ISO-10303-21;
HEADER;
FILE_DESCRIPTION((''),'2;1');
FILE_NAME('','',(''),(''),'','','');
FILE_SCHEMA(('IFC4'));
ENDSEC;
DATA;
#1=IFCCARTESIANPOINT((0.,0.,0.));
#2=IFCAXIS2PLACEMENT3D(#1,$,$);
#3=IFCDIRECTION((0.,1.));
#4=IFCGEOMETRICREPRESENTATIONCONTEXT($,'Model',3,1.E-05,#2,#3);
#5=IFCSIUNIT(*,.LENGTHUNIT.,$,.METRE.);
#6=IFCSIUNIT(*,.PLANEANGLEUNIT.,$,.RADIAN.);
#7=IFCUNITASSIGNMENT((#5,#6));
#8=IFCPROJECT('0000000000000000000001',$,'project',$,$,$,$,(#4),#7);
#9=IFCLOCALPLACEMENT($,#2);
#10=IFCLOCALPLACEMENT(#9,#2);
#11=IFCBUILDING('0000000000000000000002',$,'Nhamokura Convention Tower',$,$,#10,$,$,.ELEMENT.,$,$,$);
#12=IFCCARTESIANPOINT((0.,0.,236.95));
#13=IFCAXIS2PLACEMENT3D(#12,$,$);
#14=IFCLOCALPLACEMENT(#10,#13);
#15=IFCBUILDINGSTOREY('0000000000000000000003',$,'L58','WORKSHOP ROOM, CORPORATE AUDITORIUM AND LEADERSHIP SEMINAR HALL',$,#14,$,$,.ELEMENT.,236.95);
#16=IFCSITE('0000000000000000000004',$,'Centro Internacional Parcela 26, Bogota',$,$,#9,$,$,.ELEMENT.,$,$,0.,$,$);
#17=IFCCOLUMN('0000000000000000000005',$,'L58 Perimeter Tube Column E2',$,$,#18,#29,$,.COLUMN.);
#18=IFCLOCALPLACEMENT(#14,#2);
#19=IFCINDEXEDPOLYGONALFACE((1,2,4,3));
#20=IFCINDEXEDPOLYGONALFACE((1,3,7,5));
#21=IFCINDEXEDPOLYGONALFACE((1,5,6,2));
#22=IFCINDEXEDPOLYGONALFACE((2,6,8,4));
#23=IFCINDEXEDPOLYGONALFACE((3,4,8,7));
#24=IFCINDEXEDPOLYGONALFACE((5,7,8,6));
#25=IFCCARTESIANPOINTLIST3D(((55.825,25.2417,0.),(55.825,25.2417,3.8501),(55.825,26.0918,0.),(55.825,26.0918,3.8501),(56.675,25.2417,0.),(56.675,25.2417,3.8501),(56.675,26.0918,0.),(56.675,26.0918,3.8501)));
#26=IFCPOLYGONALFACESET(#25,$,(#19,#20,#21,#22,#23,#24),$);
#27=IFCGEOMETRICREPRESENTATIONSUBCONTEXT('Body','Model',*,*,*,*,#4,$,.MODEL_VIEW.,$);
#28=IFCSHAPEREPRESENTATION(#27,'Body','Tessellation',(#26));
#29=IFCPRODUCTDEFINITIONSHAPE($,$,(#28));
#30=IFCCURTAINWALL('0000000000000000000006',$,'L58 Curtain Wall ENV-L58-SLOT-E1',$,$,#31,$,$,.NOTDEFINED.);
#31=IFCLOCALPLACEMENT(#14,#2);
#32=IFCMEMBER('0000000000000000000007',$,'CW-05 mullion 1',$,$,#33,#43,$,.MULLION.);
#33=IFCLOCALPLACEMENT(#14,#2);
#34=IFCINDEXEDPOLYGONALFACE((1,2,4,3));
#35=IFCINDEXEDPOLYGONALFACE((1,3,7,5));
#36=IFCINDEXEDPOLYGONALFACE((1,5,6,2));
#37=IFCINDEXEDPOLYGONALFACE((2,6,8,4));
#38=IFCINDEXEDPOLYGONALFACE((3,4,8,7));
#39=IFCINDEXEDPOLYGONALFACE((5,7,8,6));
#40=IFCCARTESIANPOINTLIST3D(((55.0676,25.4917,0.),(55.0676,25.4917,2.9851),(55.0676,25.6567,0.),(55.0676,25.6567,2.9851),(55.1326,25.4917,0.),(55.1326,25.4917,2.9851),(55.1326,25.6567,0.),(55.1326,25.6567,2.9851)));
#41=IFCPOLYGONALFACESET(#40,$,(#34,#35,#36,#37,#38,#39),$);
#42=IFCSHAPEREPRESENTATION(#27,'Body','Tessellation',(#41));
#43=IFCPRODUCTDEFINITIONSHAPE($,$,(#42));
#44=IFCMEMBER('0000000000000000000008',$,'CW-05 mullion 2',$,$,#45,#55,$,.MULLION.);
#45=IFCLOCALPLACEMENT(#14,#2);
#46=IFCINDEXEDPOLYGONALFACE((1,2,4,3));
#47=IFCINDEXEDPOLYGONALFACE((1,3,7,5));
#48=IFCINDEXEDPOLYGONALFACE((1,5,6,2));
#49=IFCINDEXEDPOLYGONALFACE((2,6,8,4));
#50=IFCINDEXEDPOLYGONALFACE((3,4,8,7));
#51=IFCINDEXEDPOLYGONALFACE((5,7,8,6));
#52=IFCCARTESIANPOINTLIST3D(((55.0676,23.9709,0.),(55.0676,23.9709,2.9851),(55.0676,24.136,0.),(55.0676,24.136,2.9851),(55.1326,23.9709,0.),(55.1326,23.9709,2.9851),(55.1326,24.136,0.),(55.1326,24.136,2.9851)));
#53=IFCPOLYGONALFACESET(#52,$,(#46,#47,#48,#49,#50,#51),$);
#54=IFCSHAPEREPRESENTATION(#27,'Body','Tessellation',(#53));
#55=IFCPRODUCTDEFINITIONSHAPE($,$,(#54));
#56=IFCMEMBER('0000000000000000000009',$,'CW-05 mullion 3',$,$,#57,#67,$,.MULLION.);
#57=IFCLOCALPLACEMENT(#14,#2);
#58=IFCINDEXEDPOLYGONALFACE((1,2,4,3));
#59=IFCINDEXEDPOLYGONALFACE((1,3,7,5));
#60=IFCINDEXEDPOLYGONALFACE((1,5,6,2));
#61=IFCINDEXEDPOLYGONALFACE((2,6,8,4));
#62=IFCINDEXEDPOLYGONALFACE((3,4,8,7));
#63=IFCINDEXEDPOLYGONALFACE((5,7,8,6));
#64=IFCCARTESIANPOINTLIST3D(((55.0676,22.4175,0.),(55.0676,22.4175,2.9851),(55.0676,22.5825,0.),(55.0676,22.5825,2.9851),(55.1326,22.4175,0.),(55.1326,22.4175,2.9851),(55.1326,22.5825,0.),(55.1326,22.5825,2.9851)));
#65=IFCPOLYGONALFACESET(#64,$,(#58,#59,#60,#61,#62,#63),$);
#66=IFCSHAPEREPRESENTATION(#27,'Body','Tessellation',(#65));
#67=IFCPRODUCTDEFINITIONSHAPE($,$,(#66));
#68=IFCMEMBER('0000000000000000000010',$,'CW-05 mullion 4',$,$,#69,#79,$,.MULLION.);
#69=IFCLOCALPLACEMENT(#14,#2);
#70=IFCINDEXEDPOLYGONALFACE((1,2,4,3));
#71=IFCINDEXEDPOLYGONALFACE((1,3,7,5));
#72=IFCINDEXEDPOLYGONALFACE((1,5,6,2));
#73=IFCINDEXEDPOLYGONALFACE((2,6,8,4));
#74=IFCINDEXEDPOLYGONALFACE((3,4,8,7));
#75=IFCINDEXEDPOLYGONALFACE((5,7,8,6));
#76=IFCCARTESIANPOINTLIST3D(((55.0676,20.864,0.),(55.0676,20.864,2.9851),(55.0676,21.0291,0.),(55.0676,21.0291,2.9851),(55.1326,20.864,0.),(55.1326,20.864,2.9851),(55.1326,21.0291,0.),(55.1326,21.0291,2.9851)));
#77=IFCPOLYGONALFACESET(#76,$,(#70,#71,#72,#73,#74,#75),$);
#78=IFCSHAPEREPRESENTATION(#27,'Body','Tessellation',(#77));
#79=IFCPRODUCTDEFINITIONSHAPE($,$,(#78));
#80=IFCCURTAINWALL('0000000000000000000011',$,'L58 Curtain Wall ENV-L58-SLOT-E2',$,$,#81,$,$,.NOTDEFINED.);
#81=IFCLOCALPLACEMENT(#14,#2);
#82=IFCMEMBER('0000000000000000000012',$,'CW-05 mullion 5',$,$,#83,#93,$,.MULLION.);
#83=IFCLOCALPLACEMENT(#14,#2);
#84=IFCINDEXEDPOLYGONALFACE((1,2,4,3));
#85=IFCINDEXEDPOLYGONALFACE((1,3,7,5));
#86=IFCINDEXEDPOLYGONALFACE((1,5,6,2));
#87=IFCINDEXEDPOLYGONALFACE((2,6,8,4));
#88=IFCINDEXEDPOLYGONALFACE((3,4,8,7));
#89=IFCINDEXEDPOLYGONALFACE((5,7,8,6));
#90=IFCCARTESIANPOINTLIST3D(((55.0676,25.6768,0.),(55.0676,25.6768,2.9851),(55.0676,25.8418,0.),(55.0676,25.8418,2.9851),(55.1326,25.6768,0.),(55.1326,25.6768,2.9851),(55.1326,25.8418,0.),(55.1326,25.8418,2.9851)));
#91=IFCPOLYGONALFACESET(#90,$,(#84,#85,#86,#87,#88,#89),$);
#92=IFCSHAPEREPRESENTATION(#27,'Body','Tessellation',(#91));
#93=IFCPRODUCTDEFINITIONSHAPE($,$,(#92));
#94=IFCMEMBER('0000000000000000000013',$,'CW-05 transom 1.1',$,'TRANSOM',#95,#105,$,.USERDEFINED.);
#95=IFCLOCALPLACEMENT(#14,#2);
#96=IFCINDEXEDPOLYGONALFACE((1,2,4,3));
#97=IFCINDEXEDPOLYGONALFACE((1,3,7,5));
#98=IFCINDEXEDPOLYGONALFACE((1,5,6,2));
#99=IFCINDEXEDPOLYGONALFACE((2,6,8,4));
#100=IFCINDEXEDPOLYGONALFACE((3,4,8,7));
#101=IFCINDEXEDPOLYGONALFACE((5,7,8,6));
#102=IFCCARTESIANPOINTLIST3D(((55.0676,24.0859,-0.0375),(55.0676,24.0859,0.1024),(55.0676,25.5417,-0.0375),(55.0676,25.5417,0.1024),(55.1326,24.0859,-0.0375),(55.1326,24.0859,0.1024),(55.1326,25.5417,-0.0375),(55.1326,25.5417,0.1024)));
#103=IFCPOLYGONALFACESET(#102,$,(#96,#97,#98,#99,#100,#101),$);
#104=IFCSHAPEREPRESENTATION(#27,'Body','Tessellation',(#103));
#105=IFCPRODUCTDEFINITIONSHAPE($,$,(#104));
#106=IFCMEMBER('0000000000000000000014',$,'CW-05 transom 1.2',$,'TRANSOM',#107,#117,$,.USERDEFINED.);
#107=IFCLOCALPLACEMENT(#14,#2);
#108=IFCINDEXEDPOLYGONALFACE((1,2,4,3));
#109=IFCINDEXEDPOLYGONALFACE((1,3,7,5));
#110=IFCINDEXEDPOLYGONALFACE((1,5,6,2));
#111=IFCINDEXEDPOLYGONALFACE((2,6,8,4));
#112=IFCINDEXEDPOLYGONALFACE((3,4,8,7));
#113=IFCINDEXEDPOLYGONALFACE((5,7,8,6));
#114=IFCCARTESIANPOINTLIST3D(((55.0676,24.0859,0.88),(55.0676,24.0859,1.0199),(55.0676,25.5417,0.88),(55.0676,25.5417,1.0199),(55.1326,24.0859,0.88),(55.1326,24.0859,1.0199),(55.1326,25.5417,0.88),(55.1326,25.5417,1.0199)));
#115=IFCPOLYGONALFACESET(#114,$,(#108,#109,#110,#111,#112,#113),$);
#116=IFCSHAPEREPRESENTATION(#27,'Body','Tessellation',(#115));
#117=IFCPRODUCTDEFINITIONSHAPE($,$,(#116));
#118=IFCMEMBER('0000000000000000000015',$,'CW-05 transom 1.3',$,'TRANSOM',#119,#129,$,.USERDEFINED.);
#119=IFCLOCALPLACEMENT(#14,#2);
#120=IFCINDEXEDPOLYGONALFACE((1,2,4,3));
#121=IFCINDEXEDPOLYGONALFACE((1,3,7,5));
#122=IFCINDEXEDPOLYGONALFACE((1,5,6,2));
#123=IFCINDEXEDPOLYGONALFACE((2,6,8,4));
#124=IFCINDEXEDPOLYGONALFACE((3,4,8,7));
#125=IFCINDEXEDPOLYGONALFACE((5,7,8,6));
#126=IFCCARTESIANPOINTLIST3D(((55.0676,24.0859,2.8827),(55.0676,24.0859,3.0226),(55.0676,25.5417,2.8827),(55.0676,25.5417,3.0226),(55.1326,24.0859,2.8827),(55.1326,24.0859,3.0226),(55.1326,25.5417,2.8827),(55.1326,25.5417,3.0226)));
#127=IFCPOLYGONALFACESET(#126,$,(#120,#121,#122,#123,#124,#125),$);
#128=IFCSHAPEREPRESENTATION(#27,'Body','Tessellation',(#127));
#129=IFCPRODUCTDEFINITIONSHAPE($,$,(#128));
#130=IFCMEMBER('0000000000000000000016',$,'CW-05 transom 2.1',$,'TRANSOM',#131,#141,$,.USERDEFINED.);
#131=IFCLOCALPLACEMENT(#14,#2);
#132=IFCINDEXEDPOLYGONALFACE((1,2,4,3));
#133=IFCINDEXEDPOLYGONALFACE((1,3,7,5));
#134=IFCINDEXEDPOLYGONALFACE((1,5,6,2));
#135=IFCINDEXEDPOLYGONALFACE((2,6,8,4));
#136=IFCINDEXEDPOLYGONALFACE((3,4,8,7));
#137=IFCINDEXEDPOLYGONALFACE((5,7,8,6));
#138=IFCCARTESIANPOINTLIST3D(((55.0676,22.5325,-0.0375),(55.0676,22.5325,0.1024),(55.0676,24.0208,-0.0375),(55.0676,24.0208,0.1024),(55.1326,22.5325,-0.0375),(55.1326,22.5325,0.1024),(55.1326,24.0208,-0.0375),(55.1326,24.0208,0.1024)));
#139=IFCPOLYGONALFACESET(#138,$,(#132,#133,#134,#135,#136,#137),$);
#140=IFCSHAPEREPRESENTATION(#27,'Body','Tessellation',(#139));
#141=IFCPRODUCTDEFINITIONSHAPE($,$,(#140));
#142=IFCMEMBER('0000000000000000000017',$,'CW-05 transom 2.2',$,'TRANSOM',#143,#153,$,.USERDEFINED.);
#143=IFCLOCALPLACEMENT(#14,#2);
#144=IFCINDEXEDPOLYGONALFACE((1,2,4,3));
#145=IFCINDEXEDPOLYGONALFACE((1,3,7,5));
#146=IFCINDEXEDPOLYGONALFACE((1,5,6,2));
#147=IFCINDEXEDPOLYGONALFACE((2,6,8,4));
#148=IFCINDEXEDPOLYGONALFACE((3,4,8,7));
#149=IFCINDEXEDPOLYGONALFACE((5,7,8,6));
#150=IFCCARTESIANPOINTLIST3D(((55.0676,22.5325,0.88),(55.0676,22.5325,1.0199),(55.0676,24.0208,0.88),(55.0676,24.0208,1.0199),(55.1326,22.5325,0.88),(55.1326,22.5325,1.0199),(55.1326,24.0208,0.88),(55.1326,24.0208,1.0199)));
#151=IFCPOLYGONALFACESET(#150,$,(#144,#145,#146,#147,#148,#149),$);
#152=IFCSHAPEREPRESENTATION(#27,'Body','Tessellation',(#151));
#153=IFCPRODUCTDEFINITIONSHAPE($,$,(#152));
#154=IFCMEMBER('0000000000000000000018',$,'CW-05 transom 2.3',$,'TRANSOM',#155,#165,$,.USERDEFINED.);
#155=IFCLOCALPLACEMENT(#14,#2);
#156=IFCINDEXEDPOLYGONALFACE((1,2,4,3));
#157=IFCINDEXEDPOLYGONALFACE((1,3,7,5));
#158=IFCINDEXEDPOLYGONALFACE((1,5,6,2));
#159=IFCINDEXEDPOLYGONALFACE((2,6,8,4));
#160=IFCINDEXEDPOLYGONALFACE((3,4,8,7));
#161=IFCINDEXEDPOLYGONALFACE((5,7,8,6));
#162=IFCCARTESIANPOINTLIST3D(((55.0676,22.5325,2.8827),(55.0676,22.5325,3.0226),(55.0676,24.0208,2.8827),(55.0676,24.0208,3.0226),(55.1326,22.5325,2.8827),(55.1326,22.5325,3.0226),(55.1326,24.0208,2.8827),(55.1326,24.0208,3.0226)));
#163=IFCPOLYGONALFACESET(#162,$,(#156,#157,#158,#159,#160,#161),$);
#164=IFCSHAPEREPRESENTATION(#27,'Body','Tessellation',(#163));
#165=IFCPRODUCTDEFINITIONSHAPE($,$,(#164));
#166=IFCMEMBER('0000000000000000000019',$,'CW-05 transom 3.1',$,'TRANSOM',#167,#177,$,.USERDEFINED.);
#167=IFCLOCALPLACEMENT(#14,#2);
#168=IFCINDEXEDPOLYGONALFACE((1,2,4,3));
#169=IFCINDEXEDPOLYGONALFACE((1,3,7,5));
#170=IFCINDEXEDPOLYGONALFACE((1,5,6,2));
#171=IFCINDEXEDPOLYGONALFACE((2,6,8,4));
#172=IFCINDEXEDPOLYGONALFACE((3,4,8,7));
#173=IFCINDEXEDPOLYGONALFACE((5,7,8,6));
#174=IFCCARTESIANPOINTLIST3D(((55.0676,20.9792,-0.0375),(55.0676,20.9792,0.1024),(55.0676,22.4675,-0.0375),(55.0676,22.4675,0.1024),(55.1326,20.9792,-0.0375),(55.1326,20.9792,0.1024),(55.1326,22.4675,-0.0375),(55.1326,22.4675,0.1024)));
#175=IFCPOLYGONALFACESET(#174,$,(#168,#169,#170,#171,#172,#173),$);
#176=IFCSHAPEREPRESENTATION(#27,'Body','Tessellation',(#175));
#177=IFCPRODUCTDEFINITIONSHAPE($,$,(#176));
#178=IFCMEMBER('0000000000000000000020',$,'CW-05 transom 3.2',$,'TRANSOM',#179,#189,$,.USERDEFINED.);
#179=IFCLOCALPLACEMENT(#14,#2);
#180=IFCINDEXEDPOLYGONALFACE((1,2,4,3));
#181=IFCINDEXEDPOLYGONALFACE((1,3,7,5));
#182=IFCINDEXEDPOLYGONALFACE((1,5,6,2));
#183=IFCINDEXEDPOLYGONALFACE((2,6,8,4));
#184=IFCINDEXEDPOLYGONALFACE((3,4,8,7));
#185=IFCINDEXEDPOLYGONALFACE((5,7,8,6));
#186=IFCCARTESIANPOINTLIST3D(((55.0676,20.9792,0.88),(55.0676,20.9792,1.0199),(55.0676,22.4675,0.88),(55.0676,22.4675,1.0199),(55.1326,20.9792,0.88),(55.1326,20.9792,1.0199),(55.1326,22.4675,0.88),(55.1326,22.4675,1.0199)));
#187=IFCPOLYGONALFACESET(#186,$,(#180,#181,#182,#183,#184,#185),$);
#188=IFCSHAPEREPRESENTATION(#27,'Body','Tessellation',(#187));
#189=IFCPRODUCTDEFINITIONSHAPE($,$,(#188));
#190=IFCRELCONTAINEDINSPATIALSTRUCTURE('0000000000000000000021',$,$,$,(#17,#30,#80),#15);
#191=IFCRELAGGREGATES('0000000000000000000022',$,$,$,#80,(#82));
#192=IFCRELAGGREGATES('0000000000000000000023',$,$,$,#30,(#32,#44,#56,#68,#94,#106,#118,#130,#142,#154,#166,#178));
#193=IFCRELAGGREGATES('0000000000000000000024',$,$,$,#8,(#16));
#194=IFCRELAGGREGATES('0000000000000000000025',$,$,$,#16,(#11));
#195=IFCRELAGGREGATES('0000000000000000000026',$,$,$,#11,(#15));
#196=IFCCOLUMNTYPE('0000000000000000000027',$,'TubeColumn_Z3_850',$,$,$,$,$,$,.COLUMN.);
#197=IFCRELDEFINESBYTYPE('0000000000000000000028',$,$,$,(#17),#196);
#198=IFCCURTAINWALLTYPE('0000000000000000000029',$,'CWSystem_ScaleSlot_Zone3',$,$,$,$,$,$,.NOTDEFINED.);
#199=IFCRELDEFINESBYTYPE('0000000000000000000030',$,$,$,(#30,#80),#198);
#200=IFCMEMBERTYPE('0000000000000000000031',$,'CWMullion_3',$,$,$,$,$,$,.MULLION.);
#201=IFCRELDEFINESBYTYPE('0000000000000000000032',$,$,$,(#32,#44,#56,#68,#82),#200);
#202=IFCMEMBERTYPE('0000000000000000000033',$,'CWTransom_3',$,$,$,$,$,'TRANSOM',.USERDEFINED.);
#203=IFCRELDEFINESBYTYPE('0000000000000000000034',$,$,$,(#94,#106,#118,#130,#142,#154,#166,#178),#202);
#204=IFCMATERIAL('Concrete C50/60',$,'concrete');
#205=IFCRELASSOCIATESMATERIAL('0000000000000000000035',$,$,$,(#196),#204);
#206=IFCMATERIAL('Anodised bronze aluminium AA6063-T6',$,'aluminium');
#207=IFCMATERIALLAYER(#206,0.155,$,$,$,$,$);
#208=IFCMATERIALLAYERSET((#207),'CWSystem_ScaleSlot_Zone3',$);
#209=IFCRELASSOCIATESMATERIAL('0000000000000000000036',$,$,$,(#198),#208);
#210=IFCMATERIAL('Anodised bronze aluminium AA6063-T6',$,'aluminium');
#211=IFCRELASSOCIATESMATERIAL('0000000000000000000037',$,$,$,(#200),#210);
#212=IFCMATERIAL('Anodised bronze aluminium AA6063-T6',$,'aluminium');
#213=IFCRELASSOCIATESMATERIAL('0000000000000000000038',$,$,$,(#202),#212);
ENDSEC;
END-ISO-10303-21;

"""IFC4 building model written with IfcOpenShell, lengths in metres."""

from ifc_helpers import new_model, si_unit, direction, frame, origin, origin_2d, place, context, subcontext, project, spatial, rectangle, extrude, material, layer, layer_set, material_profile, profile_set, type_object, element, aggregate, save


model = new_model("IFC4")

# Units and contexts
model_context = context("Model", 3, precision=1e-05, world=origin(), true_north=direction((0.0, 1.0)))
body_context = subcontext(model_context, "Body", "Model", "MODEL_VIEW")
ifc_project = project(units=[si_unit("LENGTHUNIT", "METRE"), si_unit("PLANEANGLEUNIT", "RADIAN")], contexts=[model_context])

# Site, building, storey
site_placement = place(None, origin())
site = spatial("IfcSite", under=ifc_project, at=site_placement, Name="Centro Internacional Parcela 26, Bogota", CompositionType="ELEMENT", RefElevation=0.0)
building_placement = place(site_placement, origin())
building = spatial("IfcBuilding", under=site, at=building_placement, Name="Nhamokura Convention Tower", CompositionType="ELEMENT")
storey_placement = place(building_placement, frame((0.0, 0.0, 236.95)))
storey = spatial("IfcBuildingStorey", under=building, at=storey_placement, Name="L58", Description="WORKSHOP ROOM, CORPORATE AUDITORIUM AND LEADERSHIP SEMINAR HALL", CompositionType="ELEMENT", Elevation=236.95)

# Column
ifc_material_1 = material(Name="Concrete C50/60", Category="concrete")
ifc_material_profile_1 = material_profile(ifc_material_1, rectangle(XDim=0.8501, YDim=0.8501, at=origin_2d()))
ifc_profile_set_1 = profile_set([ifc_material_profile_1], Name="Concrete C50/60")
column_type = type_object("IfcColumnType", Name="TubeColumn_Z3_850", PredefinedType="COLUMN", material=ifc_profile_set_1)
column_placement = place(storey_placement, frame((56.25, 25.6667, 0.0), z_axis=(0.0, 0.0, 1.0), x_axis=(1.0, 0.0, 0.0)))
element("IfcColumn", 1, at=column_placement, inside=storey, type_object=column_type, Name="L58 Perimeter Tube Column E2", PredefinedType="COLUMN", context=body_context, shape_type="SweptSolid", body=[
    extrude(rectangle(XDim=0.8501, YDim=0.8501, at=origin_2d()), origin(), (0.0, 0.0, 1.0), 3.8501),
])

# Curtain wall, members
ifc_material_2 = material(Name="Anodised bronze aluminium AA6063-T6", Category="aluminium")
ifc_layer_1 = layer(ifc_material_2, 0.155)
ifc_layer_set_1 = layer_set([ifc_layer_1], Name="CWSystem_ScaleSlot_Zone3")
curtain_wall_type = type_object("IfcCurtainWallType", Name="CWSystem_ScaleSlot_Zone3", PredefinedType="NOTDEFINED", material=ifc_layer_set_1)
curtain_wall_1_placement = place(storey_placement, origin())
curtain_wall_1 = element("IfcCurtainWall", 2, at=curtain_wall_1_placement, inside=storey, type_object=curtain_wall_type, Name="L58 Curtain Wall ENV-L58-SLOT-E1", PredefinedType="NOTDEFINED")
ifc_material_3 = material(Name="Anodised bronze aluminium AA6063-T6", Category="aluminium")
ifc_material_profile_2 = material_profile(ifc_material_3, rectangle(XDim=0.0649, YDim=0.165, at=origin_2d()))
ifc_profile_set_2 = profile_set([ifc_material_profile_2], Name="Anodised bronze aluminium AA6063-T6")
member_type_1 = type_object("IfcMemberType", Name="CWMullion_3", PredefinedType="MULLION", material=ifc_profile_set_2)
member_1_placement = place(storey_placement, frame((55.1001, 25.5742, 0.0), z_axis=(0.0, 0.0, 1.0), x_axis=(1.0, 0.0, 0.0)))
member_1 = element("IfcMember", 3, at=member_1_placement, type_object=member_type_1, Name="CW-05 mullion 1", PredefinedType="MULLION", context=body_context, shape_type="SweptSolid", body=[
    extrude(rectangle(XDim=0.0649, YDim=0.165, at=origin_2d()), origin(), (0.0, 0.0, 1.0), 2.9851),
])
member_2_placement = place(storey_placement, frame((55.1001, 24.0535, 0.0), z_axis=(0.0, 0.0, 1.0), x_axis=(1.0, 0.0, 0.0)))
member_2 = element("IfcMember", 4, at=member_2_placement, type_object=member_type_1, Name="CW-05 mullion 2", PredefinedType="MULLION", context=body_context, shape_type="SweptSolid", body=[
    extrude(rectangle(XDim=0.0649, YDim=0.165, at=origin_2d()), origin(), (0.0, 0.0, 1.0), 2.9851),
])
member_3_placement = place(storey_placement, frame((55.1001, 22.5, 0.0), z_axis=(0.0, 0.0, 1.0), x_axis=(1.0, 0.0, 0.0)))
member_3 = element("IfcMember", 5, at=member_3_placement, type_object=member_type_1, Name="CW-05 mullion 3", PredefinedType="MULLION", context=body_context, shape_type="SweptSolid", body=[
    extrude(rectangle(XDim=0.0649, YDim=0.165, at=origin_2d()), origin(), (0.0, 0.0, 1.0), 2.9851),
])
member_4_placement = place(storey_placement, frame((55.1001, 20.9465, 0.0), z_axis=(0.0, 0.0, 1.0), x_axis=(1.0, 0.0, 0.0)))
member_4 = element("IfcMember", 6, at=member_4_placement, type_object=member_type_1, Name="CW-05 mullion 4", PredefinedType="MULLION", context=body_context, shape_type="SweptSolid", body=[
    extrude(rectangle(XDim=0.0649, YDim=0.165, at=origin_2d()), origin(), (0.0, 0.0, 1.0), 2.9851),
])

# Curtain wall, member
curtain_wall_2_placement = place(storey_placement, origin())
curtain_wall_2 = element("IfcCurtainWall", 7, at=curtain_wall_2_placement, inside=storey, type_object=curtain_wall_type, Name="L58 Curtain Wall ENV-L58-SLOT-E2", PredefinedType="NOTDEFINED")
member_5_placement = place(storey_placement, frame((55.1001, 25.7593, 0.0), z_axis=(0.0, 0.0, 1.0), x_axis=(1.0, 0.0, 0.0)))
member_5 = element("IfcMember", 8, at=member_5_placement, type_object=member_type_1, Name="CW-05 mullion 5", PredefinedType="MULLION", context=body_context, shape_type="SweptSolid", body=[
    extrude(rectangle(XDim=0.0649, YDim=0.165, at=origin_2d()), origin(), (0.0, 0.0, 1.0), 2.9851),
])
aggregate(curtain_wall_2, [member_5])

# Members
ifc_material_4 = material(Name="Anodised bronze aluminium AA6063-T6", Category="aluminium")
ifc_material_profile_3 = material_profile(ifc_material_4, rectangle(XDim=0.0649, YDim=0.1399, at=origin_2d()))
ifc_profile_set_3 = profile_set([ifc_material_profile_3], Name="Anodised bronze aluminium AA6063-T6")
member_type_2 = type_object("IfcMemberType", Name="CWTransom_3", ElementType="TRANSOM", PredefinedType="USERDEFINED", material=ifc_profile_set_3)
member_6_placement = place(storey_placement, frame((55.1001, 25.5417, 0.0325), z_axis=(0.0, -1.0, 0.0), x_axis=(1.0, 0.0, 0.0)))
member_6 = element("IfcMember", 9, at=member_6_placement, type_object=member_type_2, Name="CW-05 transom 1.1", ObjectType="TRANSOM", PredefinedType="USERDEFINED", context=body_context, shape_type="SweptSolid", body=[
    extrude(rectangle(XDim=0.0649, YDim=0.1399, at=origin_2d()), origin(), (0.0, 0.0, 1.0), 1.4558),
])
member_7_placement = place(storey_placement, frame((55.1001, 25.5417, 0.95), z_axis=(0.0, -1.0, 0.0), x_axis=(1.0, 0.0, 0.0)))
member_7 = element("IfcMember", 10, at=member_7_placement, type_object=member_type_2, Name="CW-05 transom 1.2", ObjectType="TRANSOM", PredefinedType="USERDEFINED", context=body_context, shape_type="SweptSolid", body=[
    extrude(rectangle(XDim=0.0649, YDim=0.1399, at=origin_2d()), origin(), (0.0, 0.0, 1.0), 1.4558),
])
member_8_placement = place(storey_placement, frame((55.1001, 25.5417, 2.9526), z_axis=(0.0, -1.0, 0.0), x_axis=(1.0, 0.0, 0.0)))
member_8 = element("IfcMember", 11, at=member_8_placement, type_object=member_type_2, Name="CW-05 transom 1.3", ObjectType="TRANSOM", PredefinedType="USERDEFINED", context=body_context, shape_type="SweptSolid", body=[
    extrude(rectangle(XDim=0.0649, YDim=0.1399, at=origin_2d()), origin(), (0.0, 0.0, 1.0), 1.4558),
])
member_9_placement = place(storey_placement, frame((55.1001, 24.0208, 0.0325), z_axis=(0.0, -1.0, 0.0), x_axis=(1.0, 0.0, 0.0)))
member_9 = element("IfcMember", 12, at=member_9_placement, type_object=member_type_2, Name="CW-05 transom 2.1", ObjectType="TRANSOM", PredefinedType="USERDEFINED", context=body_context, shape_type="SweptSolid", body=[
    extrude(rectangle(XDim=0.0649, YDim=0.1399, at=origin_2d()), origin(), (0.0, 0.0, 1.0), 1.4883),
])
member_10_placement = place(storey_placement, frame((55.1001, 24.0208, 0.95), z_axis=(0.0, -1.0, 0.0), x_axis=(1.0, 0.0, 0.0)))
member_10 = element("IfcMember", 13, at=member_10_placement, type_object=member_type_2, Name="CW-05 transom 2.2", ObjectType="TRANSOM", PredefinedType="USERDEFINED", context=body_context, shape_type="SweptSolid", body=[
    extrude(rectangle(XDim=0.0649, YDim=0.1399, at=origin_2d()), origin(), (0.0, 0.0, 1.0), 1.4883),
])
member_11_placement = place(storey_placement, frame((55.1001, 24.0208, 2.9526), z_axis=(0.0, -1.0, 0.0), x_axis=(1.0, 0.0, 0.0)))
member_11 = element("IfcMember", 14, at=member_11_placement, type_object=member_type_2, Name="CW-05 transom 2.3", ObjectType="TRANSOM", PredefinedType="USERDEFINED", context=body_context, shape_type="SweptSolid", body=[
    extrude(rectangle(XDim=0.0649, YDim=0.1399, at=origin_2d()), origin(), (0.0, 0.0, 1.0), 1.4883),
])
member_12_placement = place(storey_placement, frame((55.1001, 22.4675, 0.0325), z_axis=(0.0, -1.0, 0.0), x_axis=(1.0, 0.0, 0.0)))
member_12 = element("IfcMember", 15, at=member_12_placement, type_object=member_type_2, Name="CW-05 transom 3.1", ObjectType="TRANSOM", PredefinedType="USERDEFINED", context=body_context, shape_type="SweptSolid", body=[
    extrude(rectangle(XDim=0.0649, YDim=0.1399, at=origin_2d()), origin(), (0.0, 0.0, 1.0), 1.4883),
])
member_13_placement = place(storey_placement, frame((55.1001, 22.4675, 0.95), z_axis=(0.0, -1.0, 0.0), x_axis=(1.0, 0.0, 0.0)))
member_13 = element("IfcMember", 16, at=member_13_placement, type_object=member_type_2, Name="CW-05 transom 3.2", ObjectType="TRANSOM", PredefinedType="USERDEFINED", context=body_context, shape_type="SweptSolid", body=[
    extrude(rectangle(XDim=0.0649, YDim=0.1399, at=origin_2d()), origin(), (0.0, 0.0, 1.0), 1.4883),
])

aggregate(curtain_wall_1, [member_1, member_2, member_3, member_4, member_6, member_7, member_8, member_9, member_10, member_11, member_12, member_13])

save(model, "model.ifc")
